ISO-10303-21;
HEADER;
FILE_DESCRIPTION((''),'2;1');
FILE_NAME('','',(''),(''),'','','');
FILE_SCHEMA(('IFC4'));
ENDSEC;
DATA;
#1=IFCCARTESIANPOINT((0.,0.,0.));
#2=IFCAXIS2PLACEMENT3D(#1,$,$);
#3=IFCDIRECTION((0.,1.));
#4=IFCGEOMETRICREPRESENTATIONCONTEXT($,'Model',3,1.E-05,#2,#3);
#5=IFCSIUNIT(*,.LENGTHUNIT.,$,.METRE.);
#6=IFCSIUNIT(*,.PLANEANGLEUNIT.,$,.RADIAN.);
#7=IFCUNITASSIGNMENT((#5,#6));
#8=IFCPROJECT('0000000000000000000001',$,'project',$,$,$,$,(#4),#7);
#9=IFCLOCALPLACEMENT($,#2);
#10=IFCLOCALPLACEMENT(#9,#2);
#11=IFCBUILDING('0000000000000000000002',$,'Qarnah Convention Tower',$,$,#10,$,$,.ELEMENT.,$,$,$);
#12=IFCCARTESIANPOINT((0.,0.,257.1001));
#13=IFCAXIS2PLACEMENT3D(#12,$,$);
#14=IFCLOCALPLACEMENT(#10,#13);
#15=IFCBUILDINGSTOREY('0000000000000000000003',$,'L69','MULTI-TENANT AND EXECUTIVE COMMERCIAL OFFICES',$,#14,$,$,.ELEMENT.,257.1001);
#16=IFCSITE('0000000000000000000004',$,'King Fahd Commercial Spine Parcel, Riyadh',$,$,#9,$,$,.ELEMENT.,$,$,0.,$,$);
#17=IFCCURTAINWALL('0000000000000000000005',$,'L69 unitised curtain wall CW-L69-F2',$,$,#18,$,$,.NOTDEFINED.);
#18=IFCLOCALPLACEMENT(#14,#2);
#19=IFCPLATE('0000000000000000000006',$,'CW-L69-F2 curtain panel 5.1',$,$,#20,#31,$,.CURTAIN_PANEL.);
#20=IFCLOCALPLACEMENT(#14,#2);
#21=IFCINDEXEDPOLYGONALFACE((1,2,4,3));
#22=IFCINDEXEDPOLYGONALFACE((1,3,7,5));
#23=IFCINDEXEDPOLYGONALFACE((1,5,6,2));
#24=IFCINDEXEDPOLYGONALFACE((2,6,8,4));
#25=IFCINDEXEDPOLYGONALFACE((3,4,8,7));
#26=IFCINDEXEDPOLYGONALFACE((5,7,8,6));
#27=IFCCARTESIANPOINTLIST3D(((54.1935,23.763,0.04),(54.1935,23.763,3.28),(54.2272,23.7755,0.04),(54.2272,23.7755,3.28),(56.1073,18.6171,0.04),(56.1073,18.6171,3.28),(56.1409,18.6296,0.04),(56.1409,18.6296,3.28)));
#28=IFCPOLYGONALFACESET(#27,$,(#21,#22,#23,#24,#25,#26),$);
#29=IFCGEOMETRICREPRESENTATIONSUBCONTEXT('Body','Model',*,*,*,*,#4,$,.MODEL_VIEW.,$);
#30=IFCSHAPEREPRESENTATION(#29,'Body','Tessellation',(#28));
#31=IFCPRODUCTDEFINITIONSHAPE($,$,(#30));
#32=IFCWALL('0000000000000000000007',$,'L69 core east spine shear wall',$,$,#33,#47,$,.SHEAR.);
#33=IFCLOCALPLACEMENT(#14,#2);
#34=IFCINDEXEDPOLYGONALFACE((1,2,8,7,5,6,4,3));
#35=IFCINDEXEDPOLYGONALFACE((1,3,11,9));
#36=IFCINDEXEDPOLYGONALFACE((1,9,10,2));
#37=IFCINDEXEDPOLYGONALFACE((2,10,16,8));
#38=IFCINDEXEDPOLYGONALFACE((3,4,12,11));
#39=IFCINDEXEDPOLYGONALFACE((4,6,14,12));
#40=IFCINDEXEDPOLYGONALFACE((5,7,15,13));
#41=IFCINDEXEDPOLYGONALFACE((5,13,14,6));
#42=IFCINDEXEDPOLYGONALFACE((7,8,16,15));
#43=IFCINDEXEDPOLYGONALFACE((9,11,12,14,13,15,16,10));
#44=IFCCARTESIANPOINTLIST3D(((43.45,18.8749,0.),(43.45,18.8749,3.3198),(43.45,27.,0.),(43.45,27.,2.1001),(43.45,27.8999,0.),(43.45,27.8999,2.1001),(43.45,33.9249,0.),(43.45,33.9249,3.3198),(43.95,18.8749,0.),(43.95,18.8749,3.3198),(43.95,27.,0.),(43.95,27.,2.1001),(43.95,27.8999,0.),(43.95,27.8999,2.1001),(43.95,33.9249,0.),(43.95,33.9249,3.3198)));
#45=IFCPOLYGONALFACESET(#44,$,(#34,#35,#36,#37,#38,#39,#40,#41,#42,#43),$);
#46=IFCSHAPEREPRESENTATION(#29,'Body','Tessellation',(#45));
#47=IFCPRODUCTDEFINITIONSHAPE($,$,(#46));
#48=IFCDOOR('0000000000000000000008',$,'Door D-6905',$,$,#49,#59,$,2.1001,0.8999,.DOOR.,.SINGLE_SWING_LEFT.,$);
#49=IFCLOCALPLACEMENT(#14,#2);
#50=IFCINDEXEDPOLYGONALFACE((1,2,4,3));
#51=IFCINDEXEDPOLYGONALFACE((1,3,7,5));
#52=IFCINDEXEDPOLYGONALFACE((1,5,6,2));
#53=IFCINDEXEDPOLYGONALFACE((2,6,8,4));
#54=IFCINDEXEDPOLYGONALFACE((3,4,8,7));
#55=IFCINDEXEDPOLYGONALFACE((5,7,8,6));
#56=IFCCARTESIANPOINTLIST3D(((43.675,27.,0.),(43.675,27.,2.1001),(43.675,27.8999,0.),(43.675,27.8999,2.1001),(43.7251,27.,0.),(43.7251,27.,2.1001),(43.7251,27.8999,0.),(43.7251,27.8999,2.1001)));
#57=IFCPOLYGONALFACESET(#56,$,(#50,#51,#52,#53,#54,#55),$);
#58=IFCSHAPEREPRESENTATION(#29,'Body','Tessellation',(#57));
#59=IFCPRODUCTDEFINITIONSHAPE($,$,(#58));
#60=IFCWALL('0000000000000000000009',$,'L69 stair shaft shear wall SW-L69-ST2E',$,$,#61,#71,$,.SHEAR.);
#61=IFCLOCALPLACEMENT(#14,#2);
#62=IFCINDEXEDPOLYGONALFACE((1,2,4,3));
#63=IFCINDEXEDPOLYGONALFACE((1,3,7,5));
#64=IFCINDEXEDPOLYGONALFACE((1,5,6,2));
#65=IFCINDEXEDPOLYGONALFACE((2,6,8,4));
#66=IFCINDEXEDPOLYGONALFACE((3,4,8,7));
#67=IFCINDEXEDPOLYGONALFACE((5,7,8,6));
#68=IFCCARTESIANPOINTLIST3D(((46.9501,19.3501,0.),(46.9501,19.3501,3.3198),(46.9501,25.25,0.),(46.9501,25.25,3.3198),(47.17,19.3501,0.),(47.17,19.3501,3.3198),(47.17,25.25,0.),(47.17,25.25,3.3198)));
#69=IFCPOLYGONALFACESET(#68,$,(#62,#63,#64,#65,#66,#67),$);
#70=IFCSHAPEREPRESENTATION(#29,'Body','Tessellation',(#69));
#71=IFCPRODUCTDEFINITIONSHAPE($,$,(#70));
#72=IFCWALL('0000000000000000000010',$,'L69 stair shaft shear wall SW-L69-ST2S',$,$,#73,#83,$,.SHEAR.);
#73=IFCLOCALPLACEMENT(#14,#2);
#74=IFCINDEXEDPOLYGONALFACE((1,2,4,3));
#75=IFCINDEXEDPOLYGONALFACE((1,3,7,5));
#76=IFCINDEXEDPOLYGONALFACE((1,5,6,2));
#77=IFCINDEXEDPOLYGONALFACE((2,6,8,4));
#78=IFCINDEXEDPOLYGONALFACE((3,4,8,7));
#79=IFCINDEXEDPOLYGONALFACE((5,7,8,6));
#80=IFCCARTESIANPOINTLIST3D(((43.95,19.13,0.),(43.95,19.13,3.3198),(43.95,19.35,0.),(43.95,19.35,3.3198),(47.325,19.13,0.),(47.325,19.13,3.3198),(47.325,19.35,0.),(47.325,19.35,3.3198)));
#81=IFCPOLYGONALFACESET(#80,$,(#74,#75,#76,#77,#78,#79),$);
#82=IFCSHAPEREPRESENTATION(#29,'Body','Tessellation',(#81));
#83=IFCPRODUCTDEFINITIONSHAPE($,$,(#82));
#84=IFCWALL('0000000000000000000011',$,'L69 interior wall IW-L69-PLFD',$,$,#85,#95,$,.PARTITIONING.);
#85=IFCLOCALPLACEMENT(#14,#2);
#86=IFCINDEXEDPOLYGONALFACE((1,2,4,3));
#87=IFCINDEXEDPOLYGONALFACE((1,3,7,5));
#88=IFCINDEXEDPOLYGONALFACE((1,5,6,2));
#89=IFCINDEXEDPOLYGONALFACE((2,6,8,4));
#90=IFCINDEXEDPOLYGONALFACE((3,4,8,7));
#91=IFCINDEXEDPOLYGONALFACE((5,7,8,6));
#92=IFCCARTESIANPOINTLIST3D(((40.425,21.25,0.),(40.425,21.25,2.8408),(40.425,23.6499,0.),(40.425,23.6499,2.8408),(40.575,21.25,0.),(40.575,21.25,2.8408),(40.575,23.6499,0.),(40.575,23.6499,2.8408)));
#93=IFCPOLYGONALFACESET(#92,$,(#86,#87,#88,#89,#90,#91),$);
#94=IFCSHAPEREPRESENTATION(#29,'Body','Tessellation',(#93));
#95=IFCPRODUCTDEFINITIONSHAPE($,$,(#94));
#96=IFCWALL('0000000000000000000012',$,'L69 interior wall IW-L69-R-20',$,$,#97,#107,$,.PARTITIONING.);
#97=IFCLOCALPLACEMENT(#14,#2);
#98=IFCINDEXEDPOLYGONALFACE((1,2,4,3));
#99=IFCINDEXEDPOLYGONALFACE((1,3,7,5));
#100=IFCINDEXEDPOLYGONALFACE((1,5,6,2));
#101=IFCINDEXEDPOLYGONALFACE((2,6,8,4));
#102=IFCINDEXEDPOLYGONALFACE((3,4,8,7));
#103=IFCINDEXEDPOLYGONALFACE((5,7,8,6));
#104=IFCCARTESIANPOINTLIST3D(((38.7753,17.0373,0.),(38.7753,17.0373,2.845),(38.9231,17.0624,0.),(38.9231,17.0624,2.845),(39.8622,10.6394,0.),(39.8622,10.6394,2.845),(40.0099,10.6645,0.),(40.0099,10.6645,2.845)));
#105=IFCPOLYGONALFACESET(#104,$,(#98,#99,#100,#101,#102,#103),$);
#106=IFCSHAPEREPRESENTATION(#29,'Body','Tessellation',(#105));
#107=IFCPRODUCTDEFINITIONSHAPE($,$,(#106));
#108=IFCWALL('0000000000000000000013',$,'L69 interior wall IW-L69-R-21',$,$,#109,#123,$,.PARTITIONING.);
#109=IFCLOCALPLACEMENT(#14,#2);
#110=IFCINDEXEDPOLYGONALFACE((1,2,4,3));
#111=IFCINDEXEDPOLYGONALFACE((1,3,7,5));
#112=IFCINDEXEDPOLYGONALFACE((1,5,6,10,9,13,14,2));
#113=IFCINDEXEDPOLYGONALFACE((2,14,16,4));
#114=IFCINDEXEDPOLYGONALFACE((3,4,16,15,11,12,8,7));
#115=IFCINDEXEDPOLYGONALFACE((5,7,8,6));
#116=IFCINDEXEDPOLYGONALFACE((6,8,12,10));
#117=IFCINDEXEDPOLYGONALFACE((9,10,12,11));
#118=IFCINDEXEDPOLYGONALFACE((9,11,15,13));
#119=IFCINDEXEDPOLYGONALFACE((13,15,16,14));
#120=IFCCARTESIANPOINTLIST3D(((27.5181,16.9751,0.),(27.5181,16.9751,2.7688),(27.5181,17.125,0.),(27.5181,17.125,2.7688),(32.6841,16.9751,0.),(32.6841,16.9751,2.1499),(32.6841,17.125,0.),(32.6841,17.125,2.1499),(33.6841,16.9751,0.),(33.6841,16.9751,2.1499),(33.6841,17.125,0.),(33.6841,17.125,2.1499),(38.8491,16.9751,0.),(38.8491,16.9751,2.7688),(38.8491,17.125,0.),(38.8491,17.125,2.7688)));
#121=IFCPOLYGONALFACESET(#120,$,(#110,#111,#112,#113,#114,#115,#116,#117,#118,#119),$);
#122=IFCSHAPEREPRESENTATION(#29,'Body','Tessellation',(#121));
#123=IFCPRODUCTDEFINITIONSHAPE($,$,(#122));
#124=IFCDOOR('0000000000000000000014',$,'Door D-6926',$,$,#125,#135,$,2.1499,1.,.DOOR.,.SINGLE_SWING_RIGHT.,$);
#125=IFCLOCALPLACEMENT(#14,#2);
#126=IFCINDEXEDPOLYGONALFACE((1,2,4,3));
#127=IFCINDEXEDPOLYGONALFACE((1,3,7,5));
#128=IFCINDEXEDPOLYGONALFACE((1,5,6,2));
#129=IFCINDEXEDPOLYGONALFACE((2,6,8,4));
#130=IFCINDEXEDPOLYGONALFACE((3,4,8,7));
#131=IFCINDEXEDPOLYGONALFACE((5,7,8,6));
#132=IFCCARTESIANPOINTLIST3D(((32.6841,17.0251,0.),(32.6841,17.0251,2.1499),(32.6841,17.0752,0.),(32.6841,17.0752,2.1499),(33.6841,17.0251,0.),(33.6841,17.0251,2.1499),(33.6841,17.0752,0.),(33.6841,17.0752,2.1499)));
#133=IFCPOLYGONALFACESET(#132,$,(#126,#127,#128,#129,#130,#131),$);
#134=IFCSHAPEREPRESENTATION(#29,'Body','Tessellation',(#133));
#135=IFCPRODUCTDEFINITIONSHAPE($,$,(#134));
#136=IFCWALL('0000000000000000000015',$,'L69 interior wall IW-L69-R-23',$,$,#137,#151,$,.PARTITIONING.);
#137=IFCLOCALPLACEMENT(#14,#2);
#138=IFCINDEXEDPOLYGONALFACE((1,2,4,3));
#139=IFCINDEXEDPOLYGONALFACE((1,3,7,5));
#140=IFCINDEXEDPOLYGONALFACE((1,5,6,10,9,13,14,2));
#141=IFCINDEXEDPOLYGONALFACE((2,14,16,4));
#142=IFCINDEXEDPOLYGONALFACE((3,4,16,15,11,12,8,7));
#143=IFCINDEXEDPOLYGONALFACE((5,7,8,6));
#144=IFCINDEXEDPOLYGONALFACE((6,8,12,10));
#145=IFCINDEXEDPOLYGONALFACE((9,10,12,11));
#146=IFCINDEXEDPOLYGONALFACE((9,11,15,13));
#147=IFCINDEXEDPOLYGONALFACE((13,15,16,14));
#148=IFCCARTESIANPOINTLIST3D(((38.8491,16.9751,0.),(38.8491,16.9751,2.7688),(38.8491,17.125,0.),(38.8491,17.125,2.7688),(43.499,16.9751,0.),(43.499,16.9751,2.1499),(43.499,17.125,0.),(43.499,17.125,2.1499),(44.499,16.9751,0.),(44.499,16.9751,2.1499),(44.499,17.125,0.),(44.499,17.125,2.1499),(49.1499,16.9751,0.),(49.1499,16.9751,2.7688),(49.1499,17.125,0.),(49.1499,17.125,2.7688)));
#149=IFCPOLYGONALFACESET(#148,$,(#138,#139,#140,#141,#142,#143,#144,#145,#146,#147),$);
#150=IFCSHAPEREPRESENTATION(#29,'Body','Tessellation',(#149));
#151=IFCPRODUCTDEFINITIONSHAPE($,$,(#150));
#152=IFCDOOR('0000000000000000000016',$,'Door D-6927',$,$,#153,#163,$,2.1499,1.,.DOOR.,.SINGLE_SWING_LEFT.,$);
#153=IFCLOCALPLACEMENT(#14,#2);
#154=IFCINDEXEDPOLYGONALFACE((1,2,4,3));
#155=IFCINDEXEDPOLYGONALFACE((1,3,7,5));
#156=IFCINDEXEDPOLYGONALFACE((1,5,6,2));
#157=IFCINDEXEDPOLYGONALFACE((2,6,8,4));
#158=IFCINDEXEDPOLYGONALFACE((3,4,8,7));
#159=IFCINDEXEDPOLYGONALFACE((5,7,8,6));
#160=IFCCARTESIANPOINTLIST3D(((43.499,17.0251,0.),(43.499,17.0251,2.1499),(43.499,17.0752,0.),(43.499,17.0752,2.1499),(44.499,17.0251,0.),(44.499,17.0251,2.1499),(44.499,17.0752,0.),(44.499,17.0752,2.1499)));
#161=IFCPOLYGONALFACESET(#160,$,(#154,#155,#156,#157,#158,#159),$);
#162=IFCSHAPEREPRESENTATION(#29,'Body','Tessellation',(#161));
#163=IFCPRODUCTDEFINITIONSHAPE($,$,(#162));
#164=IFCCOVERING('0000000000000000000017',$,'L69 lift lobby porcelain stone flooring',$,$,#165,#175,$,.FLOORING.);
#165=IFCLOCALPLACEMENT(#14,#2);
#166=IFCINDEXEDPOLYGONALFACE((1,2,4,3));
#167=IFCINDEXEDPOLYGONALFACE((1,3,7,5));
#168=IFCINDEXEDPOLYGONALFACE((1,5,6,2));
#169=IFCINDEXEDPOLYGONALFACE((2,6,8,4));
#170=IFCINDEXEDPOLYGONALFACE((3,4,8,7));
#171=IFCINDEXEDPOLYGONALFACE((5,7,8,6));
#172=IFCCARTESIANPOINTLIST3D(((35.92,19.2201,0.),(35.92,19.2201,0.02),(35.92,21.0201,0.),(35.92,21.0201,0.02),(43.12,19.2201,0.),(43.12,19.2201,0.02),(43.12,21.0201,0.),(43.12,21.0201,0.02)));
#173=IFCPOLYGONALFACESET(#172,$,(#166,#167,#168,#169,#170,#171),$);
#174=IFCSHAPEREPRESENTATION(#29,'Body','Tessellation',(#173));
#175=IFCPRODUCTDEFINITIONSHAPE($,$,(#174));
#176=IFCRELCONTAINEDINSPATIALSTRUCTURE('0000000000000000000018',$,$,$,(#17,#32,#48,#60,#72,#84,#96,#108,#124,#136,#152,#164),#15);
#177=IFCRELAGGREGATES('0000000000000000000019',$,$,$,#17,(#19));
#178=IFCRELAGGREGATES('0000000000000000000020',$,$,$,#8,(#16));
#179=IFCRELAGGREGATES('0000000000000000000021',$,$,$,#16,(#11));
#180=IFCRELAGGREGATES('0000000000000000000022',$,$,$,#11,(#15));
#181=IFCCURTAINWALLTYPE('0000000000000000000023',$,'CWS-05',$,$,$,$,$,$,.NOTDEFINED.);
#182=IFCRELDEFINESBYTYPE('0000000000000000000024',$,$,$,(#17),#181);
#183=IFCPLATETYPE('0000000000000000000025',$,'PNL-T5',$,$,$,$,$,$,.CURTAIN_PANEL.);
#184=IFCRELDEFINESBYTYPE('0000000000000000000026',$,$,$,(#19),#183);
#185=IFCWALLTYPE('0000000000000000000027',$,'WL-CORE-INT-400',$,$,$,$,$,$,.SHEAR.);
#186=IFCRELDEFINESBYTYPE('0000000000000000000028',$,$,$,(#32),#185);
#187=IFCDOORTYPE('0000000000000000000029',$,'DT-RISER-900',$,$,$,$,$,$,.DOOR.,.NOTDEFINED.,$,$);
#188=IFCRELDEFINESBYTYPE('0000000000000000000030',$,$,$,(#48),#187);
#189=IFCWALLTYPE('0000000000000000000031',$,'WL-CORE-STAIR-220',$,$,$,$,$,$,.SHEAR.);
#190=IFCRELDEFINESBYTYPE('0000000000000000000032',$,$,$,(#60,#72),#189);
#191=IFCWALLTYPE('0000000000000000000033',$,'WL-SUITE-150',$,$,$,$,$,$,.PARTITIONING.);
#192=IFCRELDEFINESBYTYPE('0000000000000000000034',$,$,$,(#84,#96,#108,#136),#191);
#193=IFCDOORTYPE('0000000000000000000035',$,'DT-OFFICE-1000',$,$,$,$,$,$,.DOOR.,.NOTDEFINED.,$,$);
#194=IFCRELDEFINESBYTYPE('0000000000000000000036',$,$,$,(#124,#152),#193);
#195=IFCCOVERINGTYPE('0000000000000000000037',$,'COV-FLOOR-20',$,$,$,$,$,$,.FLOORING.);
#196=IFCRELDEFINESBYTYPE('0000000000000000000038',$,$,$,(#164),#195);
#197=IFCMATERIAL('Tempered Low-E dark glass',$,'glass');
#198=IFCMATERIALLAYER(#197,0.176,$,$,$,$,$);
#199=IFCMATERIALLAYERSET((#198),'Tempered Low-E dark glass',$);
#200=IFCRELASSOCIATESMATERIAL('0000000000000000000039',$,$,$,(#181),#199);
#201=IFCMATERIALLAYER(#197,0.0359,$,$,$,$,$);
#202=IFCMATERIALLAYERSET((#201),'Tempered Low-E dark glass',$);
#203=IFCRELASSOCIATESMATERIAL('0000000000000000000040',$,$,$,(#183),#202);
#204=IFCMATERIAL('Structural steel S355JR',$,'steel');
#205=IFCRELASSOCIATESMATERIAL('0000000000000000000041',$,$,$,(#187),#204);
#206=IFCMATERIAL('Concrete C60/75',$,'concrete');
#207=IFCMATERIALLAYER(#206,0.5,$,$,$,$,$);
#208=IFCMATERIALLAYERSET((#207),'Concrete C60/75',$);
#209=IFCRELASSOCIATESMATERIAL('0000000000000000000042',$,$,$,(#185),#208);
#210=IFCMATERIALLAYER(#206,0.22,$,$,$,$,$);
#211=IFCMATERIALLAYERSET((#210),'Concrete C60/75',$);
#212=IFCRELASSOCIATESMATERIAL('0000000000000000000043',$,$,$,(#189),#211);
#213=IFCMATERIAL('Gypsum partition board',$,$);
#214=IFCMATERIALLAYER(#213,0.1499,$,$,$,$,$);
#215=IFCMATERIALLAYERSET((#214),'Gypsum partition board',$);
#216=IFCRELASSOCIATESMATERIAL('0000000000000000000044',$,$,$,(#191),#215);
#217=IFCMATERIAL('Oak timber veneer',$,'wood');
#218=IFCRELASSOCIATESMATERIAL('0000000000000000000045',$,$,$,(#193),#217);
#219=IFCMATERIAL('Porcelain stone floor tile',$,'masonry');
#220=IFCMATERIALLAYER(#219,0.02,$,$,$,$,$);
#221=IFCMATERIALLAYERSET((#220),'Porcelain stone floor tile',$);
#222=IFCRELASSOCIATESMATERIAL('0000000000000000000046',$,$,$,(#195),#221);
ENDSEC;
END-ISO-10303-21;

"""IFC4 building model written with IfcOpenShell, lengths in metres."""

from ifc_helpers import new_model, si_unit, direction, frame, frame_2d, origin, origin_2d, place, context, subcontext, project, spatial, rectangle, extrude, material, layer, layer_set, type_object, element, fill, aggregate, save


model = new_model("IFC4")

# Units and contexts
model_context = context("Model", 3, precision=1e-05, world=origin(), true_north=direction((0.0, 1.0)))
body_context = subcontext(model_context, "Body", "Model", "MODEL_VIEW")
ifc_project = project(units=[si_unit("LENGTHUNIT", "METRE"), si_unit("PLANEANGLEUNIT", "RADIAN")], contexts=[model_context])

# Site, building, storey
site_placement = place(None, origin())
site = spatial("IfcSite", under=ifc_project, at=site_placement, Name="King Fahd Commercial Spine Parcel, Riyadh", CompositionType="ELEMENT", RefElevation=0.0)
building_placement = place(site_placement, origin())
building = spatial("IfcBuilding", under=site, at=building_placement, Name="Qarnah Convention Tower", CompositionType="ELEMENT")
storey_placement = place(building_placement, frame((0.0, 0.0, 257.1001)))
storey = spatial("IfcBuildingStorey", under=building, at=storey_placement, Name="L69", Description="MULTI-TENANT AND EXECUTIVE COMMERCIAL OFFICES", CompositionType="ELEMENT", Elevation=257.1001)

# Shared definitions
ifc_material_1 = material(Name="Structural steel S355JR", Category="steel")

# Shared definitions
ifc_material_2 = material(Name="Tempered Low-E dark glass", Category="glass")
ifc_layer_1 = layer(ifc_material_2, 0.176)
ifc_layer_set_1 = layer_set([ifc_layer_1], Name="Tempered Low-E dark glass")
curtain_wall_type = type_object("IfcCurtainWallType", Name="CWS-05", PredefinedType="NOTDEFINED", material=ifc_layer_set_1)

# Curtain wall
curtain_wall_1_placement = place(storey_placement, origin())
curtain_wall_1 = element("IfcCurtainWall", 1, at=curtain_wall_1_placement, inside=storey, type_object=curtain_wall_type, Name="L69 unitised curtain wall CW-L69-F2", PredefinedType="NOTDEFINED")

# Plate
ifc_layer_2 = layer(ifc_material_2, 0.0359)
ifc_layer_set_2 = layer_set([ifc_layer_2], Name="Tempered Low-E dark glass")
plate_type = type_object("IfcPlateType", Name="PNL-T5", PredefinedType="CURTAIN_PANEL", material=ifc_layer_set_2)
plate_1_placement = place(storey_placement, frame((55.1672, 21.1963, 0.04), z_axis=(0.0, 0.0, 1.0), x_axis=(0.348572, -0.937282, 0.0)))
plate_1 = element("IfcPlate", 2, at=plate_1_placement, type_object=plate_type, Name="CW-L69-F2 curtain panel 5.1", PredefinedType="CURTAIN_PANEL", context=body_context, shape_type="SweptSolid", body=[
    extrude(rectangle(XDim=5.4902, YDim=0.0359, at=origin_2d()), origin(), (0.0, 0.0, 1.0), 3.24),
])
aggregate(curtain_wall_1, [plate_1])

# Shared definitions
ifc_material_3 = material(Name="Concrete C60/75", Category="concrete")
door_type_1 = type_object("IfcDoorType", Name="DT-RISER-900", OperationType="NOTDEFINED", PredefinedType="DOOR", material=ifc_material_1)

# Wall, opening, door
ifc_layer_3 = layer(ifc_material_3, 0.5)
ifc_layer_set_3 = layer_set([ifc_layer_3], Name="Concrete C60/75")
wall_type_1 = type_object("IfcWallType", Name="WL-CORE-INT-400", PredefinedType="SHEAR", material=ifc_layer_set_3)
wall_1_placement = place(storey_placement, frame((43.7, 18.875, 0.0), z_axis=(0.0, 0.0, 1.0), x_axis=(0.0, 1.0, 0.0)))
wall_1 = element("IfcWall", 3, at=wall_1_placement, inside=storey, type_object=wall_type_1, Name="L69 core east spine shear wall", PredefinedType="SHEAR", context=body_context, shape_type="SweptSolid", body=[
    extrude(rectangle(XDim=15.05, YDim=0.5, at=frame_2d((7.5249, 0.0))), origin(), (0.0, 0.0, 1.0), 3.3198),
])
opening_1_placement = place(wall_1_placement, frame((8.125, 0.0, 0.0)))
opening_1 = element("IfcOpeningElement", 4, at=opening_1_placement, cuts=wall_1, PredefinedType="OPENING", context=body_context, shape_type="SweptSolid", body=[
    extrude(rectangle(XDim=0.8999, YDim=2.1001, at=frame_2d((0.45, 1.05))), frame((0.0, 0.26, 0.0), z_axis=(0.0, -1.0, 0.0), x_axis=(1.0, 0.0, 0.0)), (0.0, 0.0, 1.0), 0.52),
])
door_1_placement = place(opening_1_placement, origin())
door_1 = element("IfcDoor", 5, at=door_1_placement, inside=storey, type_object=door_type_1, Name="Door D-6905", OperationType="SINGLE_SWING_LEFT", OverallHeight=2.1001, OverallWidth=0.8999, PredefinedType="DOOR", context=body_context, shape_type="SweptSolid", body=[
    extrude(rectangle(XDim=0.8999, YDim=2.1001, at=frame_2d((0.45, 1.05))), frame((0.0, 0.0249, 0.0), z_axis=(0.0, -1.0, 0.0), x_axis=(1.0, 0.0, 0.0)), (0.0, 0.0, 1.0), 0.05),
])
fill(opening_1, door_1)

# Walls
ifc_layer_4 = layer(ifc_material_3, 0.22)
ifc_layer_set_4 = layer_set([ifc_layer_4], Name="Concrete C60/75")
wall_type_2 = type_object("IfcWallType", Name="WL-CORE-STAIR-220", PredefinedType="SHEAR", material=ifc_layer_set_4)
wall_2_placement = place(storey_placement, frame((47.0601, 19.3501, 0.0), z_axis=(0.0, 0.0, 1.0), x_axis=(0.0, 1.0, 0.0)))
element("IfcWall", 6, at=wall_2_placement, inside=storey, type_object=wall_type_2, Name="L69 stair shaft shear wall SW-L69-ST2E", PredefinedType="SHEAR", context=body_context, shape_type="SweptSolid", body=[
    extrude(rectangle(XDim=5.8999, YDim=0.22, at=frame_2d((2.95, 0.0))), origin(), (0.0, 0.0, 1.0), 3.3198),
])
wall_3_placement = place(storey_placement, frame((43.95, 19.24, 0.0), z_axis=(0.0, 0.0, 1.0), x_axis=(1.0, 0.0, 0.0)))
element("IfcWall", 7, at=wall_3_placement, inside=storey, type_object=wall_type_2, Name="L69 stair shaft shear wall SW-L69-ST2S", PredefinedType="SHEAR", context=body_context, shape_type="SweptSolid", body=[
    extrude(rectangle(XDim=3.375, YDim=0.22, at=frame_2d((1.6875, 0.0))), origin(), (0.0, 0.0, 1.0), 3.3198),
])

# Walls
ifc_material_4 = material(Name="Gypsum partition board")
ifc_layer_5 = layer(ifc_material_4, 0.1499)
ifc_layer_set_5 = layer_set([ifc_layer_5], Name="Gypsum partition board")
wall_type_3 = type_object("IfcWallType", Name="WL-SUITE-150", PredefinedType="PARTITIONING", material=ifc_layer_set_5)
wall_4_placement = place(storey_placement, frame((40.5, 21.25, 0.0), z_axis=(0.0, 0.0, 1.0), x_axis=(0.0, 1.0, 0.0)))
element("IfcWall", 8, at=wall_4_placement, inside=storey, type_object=wall_type_3, Name="L69 interior wall IW-L69-PLFD", PredefinedType="PARTITIONING", context=body_context, shape_type="SweptSolid", body=[
    extrude(rectangle(XDim=2.3999, YDim=0.1499, at=frame_2d((1.2, 0.0))), origin(), (0.0, 0.0, 1.0), 2.8408),
])
wall_5_placement = place(storey_placement, frame((39.936, 10.6521, 0.0), z_axis=(0.0, 0.0, 1.0), x_axis=(-0.167485, 0.985875, 0.0)))
element("IfcWall", 9, at=wall_5_placement, inside=storey, type_object=wall_type_3, Name="L69 interior wall IW-L69-R-20", PredefinedType="PARTITIONING", context=body_context, shape_type="SweptSolid", body=[
    extrude(rectangle(XDim=6.4895, YDim=0.1499, at=frame_2d((3.2446, 0.0))), origin(), (0.0, 0.0, 1.0), 2.845),
])

# Walls, openings, doors
wall_6_placement = place(storey_placement, frame((38.8491, 17.05, 0.0), z_axis=(0.0, 0.0, 1.0), x_axis=(-1.0, 0.0, 0.0)))
wall_6 = element("IfcWall", 10, at=wall_6_placement, inside=storey, type_object=wall_type_3, Name="L69 interior wall IW-L69-R-21", PredefinedType="PARTITIONING", context=body_context, shape_type="SweptSolid", body=[
    extrude(rectangle(XDim=11.3311, YDim=0.1499, at=frame_2d((5.6655, 0.0))), origin(), (0.0, 0.0, 1.0), 2.7688),
])
opening_2_placement = place(wall_6_placement, frame((5.165, 0.0, 0.0)))
opening_2 = element("IfcOpeningElement", 11, at=opening_2_placement, cuts=wall_6, PredefinedType="OPENING", context=body_context, shape_type="SweptSolid", body=[
    extrude(rectangle(XDim=1.0, YDim=2.1499, at=frame_2d((0.5, 1.075))), frame((0.0, 0.085, 0.0), z_axis=(0.0, -1.0, 0.0), x_axis=(1.0, 0.0, 0.0)), (0.0, 0.0, 1.0), 0.1699),
])
ifc_material_5 = material(Name="Oak timber veneer", Category="wood")
door_type_2 = type_object("IfcDoorType", Name="DT-OFFICE-1000", OperationType="NOTDEFINED", PredefinedType="DOOR", material=ifc_material_5)
door_2_placement = place(opening_2_placement, origin())
door_2 = element("IfcDoor", 12, at=door_2_placement, inside=storey, type_object=door_type_2, Name="Door D-6926", OperationType="SINGLE_SWING_RIGHT", OverallHeight=2.1499, OverallWidth=1.0, PredefinedType="DOOR", context=body_context, shape_type="SweptSolid", body=[
    extrude(rectangle(XDim=1.0, YDim=2.1499, at=frame_2d((0.5, 1.075))), frame((0.0, 0.0249, 0.0), z_axis=(0.0, -1.0, 0.0), x_axis=(1.0, 0.0, 0.0)), (0.0, 0.0, 1.0), 0.05),
])
fill(opening_2, door_2)
wall_7_placement = place(storey_placement, frame((49.1499, 17.05, 0.0), z_axis=(0.0, 0.0, 1.0), x_axis=(-1.0, 0.0, 0.0)))
wall_7 = element("IfcWall", 13, at=wall_7_placement, inside=storey, type_object=wall_type_3, Name="L69 interior wall IW-L69-R-23", PredefinedType="PARTITIONING", context=body_context, shape_type="SweptSolid", body=[
    extrude(rectangle(XDim=10.3008, YDim=0.1499, at=frame_2d((5.1504, 0.0))), origin(), (0.0, 0.0, 1.0), 2.7688),
])
opening_3_placement = place(wall_7_placement, frame((4.6509, 0.0, 0.0)))
opening_3 = element("IfcOpeningElement", 14, at=opening_3_placement, cuts=wall_7, PredefinedType="OPENING", context=body_context, shape_type="SweptSolid", body=[
    extrude(rectangle(XDim=1.0, YDim=2.1499, at=frame_2d((0.5, 1.075))), frame((0.0, 0.085, 0.0), z_axis=(0.0, -1.0, 0.0), x_axis=(1.0, 0.0, 0.0)), (0.0, 0.0, 1.0), 0.1699),
])
door_3_placement = place(opening_3_placement, origin())
door_3 = element("IfcDoor", 15, at=door_3_placement, inside=storey, type_object=door_type_2, Name="Door D-6927", OperationType="SINGLE_SWING_LEFT", OverallHeight=2.1499, OverallWidth=1.0, PredefinedType="DOOR", context=body_context, shape_type="SweptSolid", body=[
    extrude(rectangle(XDim=1.0, YDim=2.1499, at=frame_2d((0.5, 1.075))), frame((0.0, 0.0249, 0.0), z_axis=(0.0, -1.0, 0.0), x_axis=(1.0, 0.0, 0.0)), (0.0, 0.0, 1.0), 0.05),
])
fill(opening_3, door_3)

# Covering
ifc_material_6 = material(Name="Porcelain stone floor tile", Category="masonry")
ifc_layer_6 = layer(ifc_material_6, 0.02)
ifc_layer_set_6 = layer_set([ifc_layer_6], Name="Porcelain stone floor tile")
covering_type = type_object("IfcCoveringType", Name="COV-FLOOR-20", PredefinedType="FLOORING", material=ifc_layer_set_6)
covering_placement = place(storey_placement, frame((39.52, 20.1201, 0.0), z_axis=(0.0, 0.0, 1.0), x_axis=(1.0, 0.0, 0.0)))
element("IfcCovering", 16, at=covering_placement, inside=storey, type_object=covering_type, Name="L69 lift lobby porcelain stone flooring", PredefinedType="FLOORING", context=body_context, shape_type="SweptSolid", body=[
    extrude(rectangle(XDim=7.2, YDim=1.8, at=origin_2d()), origin(), (0.0, 0.0, 1.0), 0.02),
])

save(model, "model.ifc")
